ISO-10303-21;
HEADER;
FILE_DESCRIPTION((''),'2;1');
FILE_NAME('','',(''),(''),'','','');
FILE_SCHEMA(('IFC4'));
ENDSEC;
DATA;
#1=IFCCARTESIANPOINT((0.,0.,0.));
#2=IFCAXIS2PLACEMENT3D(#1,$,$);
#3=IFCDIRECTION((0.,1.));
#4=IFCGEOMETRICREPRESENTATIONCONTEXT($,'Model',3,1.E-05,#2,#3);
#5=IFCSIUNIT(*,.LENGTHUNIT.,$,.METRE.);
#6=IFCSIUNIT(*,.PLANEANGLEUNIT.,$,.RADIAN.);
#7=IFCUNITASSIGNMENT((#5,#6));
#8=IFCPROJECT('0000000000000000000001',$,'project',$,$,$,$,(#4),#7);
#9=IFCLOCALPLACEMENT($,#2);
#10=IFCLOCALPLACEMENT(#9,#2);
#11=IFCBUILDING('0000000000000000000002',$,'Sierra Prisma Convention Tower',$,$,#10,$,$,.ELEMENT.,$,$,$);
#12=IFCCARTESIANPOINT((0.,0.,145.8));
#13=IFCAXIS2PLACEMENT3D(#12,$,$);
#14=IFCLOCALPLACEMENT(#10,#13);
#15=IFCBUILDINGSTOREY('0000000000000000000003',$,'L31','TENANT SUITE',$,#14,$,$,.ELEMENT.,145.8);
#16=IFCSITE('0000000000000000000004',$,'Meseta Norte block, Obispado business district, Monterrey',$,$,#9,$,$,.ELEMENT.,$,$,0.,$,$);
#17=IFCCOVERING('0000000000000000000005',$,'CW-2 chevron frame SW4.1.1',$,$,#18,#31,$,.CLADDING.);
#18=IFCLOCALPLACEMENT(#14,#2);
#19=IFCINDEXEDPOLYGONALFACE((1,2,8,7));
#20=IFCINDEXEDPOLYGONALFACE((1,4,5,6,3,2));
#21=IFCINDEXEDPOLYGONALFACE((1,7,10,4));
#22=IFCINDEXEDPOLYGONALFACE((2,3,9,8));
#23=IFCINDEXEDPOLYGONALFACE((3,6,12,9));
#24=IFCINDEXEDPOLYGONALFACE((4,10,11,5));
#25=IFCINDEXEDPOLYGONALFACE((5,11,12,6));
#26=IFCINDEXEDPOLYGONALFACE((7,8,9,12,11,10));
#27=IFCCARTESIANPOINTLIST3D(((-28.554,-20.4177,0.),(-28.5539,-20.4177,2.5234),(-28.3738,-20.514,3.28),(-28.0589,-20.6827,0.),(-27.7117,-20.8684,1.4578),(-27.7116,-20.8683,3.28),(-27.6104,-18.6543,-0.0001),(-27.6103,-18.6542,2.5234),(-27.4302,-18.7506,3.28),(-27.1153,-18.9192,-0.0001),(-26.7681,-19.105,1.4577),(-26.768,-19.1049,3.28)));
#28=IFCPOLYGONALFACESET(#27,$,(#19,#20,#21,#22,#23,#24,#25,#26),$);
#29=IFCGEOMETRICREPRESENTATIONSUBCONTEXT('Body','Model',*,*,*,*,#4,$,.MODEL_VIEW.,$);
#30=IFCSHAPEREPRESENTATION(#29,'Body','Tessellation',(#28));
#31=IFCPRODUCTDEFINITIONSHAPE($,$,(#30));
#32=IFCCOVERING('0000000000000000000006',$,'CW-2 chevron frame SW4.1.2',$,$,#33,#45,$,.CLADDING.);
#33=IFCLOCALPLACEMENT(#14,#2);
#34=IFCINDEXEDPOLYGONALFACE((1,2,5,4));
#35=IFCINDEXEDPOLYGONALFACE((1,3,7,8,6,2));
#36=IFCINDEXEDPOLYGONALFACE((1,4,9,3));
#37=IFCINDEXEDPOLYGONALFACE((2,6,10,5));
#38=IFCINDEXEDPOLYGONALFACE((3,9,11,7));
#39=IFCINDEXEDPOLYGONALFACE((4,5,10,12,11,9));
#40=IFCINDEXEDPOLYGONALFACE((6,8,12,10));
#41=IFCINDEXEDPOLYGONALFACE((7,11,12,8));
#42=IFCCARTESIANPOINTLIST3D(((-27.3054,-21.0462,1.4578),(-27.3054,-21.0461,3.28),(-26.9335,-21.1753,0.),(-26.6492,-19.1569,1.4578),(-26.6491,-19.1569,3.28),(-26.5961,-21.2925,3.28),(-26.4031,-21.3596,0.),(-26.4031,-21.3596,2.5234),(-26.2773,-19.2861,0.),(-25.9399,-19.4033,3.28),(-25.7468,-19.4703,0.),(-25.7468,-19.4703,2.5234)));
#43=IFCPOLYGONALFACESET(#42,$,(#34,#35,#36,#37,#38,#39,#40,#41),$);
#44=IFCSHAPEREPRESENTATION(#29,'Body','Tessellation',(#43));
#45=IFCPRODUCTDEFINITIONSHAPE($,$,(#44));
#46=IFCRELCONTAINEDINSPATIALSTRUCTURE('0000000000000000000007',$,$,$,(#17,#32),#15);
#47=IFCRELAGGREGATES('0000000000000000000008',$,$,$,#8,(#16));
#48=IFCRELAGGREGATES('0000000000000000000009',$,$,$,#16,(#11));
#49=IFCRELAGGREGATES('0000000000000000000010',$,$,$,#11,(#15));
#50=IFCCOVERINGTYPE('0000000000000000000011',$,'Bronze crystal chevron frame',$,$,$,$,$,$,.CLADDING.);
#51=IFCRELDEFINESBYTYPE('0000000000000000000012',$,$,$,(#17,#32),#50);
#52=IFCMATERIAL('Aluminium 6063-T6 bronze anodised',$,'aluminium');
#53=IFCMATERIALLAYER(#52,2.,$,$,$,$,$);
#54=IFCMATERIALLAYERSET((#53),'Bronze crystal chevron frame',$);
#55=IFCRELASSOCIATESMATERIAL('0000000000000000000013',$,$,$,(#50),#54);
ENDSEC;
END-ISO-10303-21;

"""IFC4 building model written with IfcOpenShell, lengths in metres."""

from ifc_helpers import new_model, si_unit, direction, frame, origin, place, context, subcontext, project, spatial, polyline, outline, extrude, material, layer, layer_set, type_object, element, save


model = new_model("IFC4")

# Units and contexts
model_context = context("Model", 3, precision=1e-05, world=origin(), true_north=direction((0.0, 1.0)))
body_context = subcontext(model_context, "Body", "Model", "MODEL_VIEW")
ifc_project = project(units=[si_unit("LENGTHUNIT", "METRE"), si_unit("PLANEANGLEUNIT", "RADIAN")], contexts=[model_context])

# Site, building, storey
site_placement = place(None, origin())
site = spatial("IfcSite", under=ifc_project, at=site_placement, Name="Meseta Norte block, Obispado business district, Monterrey", CompositionType="ELEMENT", RefElevation=0.0)
building_placement = place(site_placement, origin())
building = spatial("IfcBuilding", under=site, at=building_placement, Name="Sierra Prisma Convention Tower", CompositionType="ELEMENT")
storey_placement = place(building_placement, frame((0.0, 0.0, 145.8)))
storey = spatial("IfcBuildingStorey", under=building, at=storey_placement, Name="L31", Description="TENANT SUITE", CompositionType="ELEMENT", Elevation=145.8)

# Coverings
ifc_material_1 = material(Name="Aluminium 6063-T6 bronze anodised", Category="aluminium")
ifc_layer_1 = layer(ifc_material_1, 2.0)
ifc_layer_set_1 = layer_set([ifc_layer_1], Name="Bronze crystal chevron frame")
covering_type = type_object("IfcCoveringType", Name="Bronze crystal chevron frame", PredefinedType="CLADDING", material=ifc_layer_set_1)
covering_1_placement = place(storey_placement, frame((-28.554, -20.4177, 0.0), z_axis=(-0.471798, -0.881707, 0.000028), x_axis=(0.881707, -0.471798, 0.0)))
element("IfcCovering", 1, at=covering_1_placement, inside=storey, type_object=covering_type, Name="CW-2 chevron frame SW4.1.1", PredefinedType="CLADDING", context=body_context, shape_type="SweptSolid", body=[
    extrude(outline(polyline([(0.0, 0.0), (0.5615, 0.0), (0.9553, 1.4578), (0.9553, 3.28), (0.2042, 3.28), (0.0, 2.5234), (0.0, 0.0)])), origin(), (0.0, 0.0, -1.0), 2.0),
])
covering_2_placement = place(storey_placement, frame((-27.3054, -21.0461, 3.28), z_axis=(-0.328135, -0.944631, 0.000004), x_axis=(-0.000001, -0.000004, -1.0)))
element("IfcCovering", 2, at=covering_2_placement, inside=storey, type_object=covering_type, Name="CW-2 chevron frame SW4.1.2", PredefinedType="CLADDING", context=body_context, shape_type="SweptSolid", body=[
    extrude(outline(polyline([(0.0, 0.0), (1.8223, 0.0), (3.28, 0.3937), (3.28, 0.9552), (0.7566, 0.9552), (0.0, 0.7509), (0.0, 0.0)])), origin(), (0.0, 0.0, -1.0), 2.0),
])

save(model, "model.ifc")
